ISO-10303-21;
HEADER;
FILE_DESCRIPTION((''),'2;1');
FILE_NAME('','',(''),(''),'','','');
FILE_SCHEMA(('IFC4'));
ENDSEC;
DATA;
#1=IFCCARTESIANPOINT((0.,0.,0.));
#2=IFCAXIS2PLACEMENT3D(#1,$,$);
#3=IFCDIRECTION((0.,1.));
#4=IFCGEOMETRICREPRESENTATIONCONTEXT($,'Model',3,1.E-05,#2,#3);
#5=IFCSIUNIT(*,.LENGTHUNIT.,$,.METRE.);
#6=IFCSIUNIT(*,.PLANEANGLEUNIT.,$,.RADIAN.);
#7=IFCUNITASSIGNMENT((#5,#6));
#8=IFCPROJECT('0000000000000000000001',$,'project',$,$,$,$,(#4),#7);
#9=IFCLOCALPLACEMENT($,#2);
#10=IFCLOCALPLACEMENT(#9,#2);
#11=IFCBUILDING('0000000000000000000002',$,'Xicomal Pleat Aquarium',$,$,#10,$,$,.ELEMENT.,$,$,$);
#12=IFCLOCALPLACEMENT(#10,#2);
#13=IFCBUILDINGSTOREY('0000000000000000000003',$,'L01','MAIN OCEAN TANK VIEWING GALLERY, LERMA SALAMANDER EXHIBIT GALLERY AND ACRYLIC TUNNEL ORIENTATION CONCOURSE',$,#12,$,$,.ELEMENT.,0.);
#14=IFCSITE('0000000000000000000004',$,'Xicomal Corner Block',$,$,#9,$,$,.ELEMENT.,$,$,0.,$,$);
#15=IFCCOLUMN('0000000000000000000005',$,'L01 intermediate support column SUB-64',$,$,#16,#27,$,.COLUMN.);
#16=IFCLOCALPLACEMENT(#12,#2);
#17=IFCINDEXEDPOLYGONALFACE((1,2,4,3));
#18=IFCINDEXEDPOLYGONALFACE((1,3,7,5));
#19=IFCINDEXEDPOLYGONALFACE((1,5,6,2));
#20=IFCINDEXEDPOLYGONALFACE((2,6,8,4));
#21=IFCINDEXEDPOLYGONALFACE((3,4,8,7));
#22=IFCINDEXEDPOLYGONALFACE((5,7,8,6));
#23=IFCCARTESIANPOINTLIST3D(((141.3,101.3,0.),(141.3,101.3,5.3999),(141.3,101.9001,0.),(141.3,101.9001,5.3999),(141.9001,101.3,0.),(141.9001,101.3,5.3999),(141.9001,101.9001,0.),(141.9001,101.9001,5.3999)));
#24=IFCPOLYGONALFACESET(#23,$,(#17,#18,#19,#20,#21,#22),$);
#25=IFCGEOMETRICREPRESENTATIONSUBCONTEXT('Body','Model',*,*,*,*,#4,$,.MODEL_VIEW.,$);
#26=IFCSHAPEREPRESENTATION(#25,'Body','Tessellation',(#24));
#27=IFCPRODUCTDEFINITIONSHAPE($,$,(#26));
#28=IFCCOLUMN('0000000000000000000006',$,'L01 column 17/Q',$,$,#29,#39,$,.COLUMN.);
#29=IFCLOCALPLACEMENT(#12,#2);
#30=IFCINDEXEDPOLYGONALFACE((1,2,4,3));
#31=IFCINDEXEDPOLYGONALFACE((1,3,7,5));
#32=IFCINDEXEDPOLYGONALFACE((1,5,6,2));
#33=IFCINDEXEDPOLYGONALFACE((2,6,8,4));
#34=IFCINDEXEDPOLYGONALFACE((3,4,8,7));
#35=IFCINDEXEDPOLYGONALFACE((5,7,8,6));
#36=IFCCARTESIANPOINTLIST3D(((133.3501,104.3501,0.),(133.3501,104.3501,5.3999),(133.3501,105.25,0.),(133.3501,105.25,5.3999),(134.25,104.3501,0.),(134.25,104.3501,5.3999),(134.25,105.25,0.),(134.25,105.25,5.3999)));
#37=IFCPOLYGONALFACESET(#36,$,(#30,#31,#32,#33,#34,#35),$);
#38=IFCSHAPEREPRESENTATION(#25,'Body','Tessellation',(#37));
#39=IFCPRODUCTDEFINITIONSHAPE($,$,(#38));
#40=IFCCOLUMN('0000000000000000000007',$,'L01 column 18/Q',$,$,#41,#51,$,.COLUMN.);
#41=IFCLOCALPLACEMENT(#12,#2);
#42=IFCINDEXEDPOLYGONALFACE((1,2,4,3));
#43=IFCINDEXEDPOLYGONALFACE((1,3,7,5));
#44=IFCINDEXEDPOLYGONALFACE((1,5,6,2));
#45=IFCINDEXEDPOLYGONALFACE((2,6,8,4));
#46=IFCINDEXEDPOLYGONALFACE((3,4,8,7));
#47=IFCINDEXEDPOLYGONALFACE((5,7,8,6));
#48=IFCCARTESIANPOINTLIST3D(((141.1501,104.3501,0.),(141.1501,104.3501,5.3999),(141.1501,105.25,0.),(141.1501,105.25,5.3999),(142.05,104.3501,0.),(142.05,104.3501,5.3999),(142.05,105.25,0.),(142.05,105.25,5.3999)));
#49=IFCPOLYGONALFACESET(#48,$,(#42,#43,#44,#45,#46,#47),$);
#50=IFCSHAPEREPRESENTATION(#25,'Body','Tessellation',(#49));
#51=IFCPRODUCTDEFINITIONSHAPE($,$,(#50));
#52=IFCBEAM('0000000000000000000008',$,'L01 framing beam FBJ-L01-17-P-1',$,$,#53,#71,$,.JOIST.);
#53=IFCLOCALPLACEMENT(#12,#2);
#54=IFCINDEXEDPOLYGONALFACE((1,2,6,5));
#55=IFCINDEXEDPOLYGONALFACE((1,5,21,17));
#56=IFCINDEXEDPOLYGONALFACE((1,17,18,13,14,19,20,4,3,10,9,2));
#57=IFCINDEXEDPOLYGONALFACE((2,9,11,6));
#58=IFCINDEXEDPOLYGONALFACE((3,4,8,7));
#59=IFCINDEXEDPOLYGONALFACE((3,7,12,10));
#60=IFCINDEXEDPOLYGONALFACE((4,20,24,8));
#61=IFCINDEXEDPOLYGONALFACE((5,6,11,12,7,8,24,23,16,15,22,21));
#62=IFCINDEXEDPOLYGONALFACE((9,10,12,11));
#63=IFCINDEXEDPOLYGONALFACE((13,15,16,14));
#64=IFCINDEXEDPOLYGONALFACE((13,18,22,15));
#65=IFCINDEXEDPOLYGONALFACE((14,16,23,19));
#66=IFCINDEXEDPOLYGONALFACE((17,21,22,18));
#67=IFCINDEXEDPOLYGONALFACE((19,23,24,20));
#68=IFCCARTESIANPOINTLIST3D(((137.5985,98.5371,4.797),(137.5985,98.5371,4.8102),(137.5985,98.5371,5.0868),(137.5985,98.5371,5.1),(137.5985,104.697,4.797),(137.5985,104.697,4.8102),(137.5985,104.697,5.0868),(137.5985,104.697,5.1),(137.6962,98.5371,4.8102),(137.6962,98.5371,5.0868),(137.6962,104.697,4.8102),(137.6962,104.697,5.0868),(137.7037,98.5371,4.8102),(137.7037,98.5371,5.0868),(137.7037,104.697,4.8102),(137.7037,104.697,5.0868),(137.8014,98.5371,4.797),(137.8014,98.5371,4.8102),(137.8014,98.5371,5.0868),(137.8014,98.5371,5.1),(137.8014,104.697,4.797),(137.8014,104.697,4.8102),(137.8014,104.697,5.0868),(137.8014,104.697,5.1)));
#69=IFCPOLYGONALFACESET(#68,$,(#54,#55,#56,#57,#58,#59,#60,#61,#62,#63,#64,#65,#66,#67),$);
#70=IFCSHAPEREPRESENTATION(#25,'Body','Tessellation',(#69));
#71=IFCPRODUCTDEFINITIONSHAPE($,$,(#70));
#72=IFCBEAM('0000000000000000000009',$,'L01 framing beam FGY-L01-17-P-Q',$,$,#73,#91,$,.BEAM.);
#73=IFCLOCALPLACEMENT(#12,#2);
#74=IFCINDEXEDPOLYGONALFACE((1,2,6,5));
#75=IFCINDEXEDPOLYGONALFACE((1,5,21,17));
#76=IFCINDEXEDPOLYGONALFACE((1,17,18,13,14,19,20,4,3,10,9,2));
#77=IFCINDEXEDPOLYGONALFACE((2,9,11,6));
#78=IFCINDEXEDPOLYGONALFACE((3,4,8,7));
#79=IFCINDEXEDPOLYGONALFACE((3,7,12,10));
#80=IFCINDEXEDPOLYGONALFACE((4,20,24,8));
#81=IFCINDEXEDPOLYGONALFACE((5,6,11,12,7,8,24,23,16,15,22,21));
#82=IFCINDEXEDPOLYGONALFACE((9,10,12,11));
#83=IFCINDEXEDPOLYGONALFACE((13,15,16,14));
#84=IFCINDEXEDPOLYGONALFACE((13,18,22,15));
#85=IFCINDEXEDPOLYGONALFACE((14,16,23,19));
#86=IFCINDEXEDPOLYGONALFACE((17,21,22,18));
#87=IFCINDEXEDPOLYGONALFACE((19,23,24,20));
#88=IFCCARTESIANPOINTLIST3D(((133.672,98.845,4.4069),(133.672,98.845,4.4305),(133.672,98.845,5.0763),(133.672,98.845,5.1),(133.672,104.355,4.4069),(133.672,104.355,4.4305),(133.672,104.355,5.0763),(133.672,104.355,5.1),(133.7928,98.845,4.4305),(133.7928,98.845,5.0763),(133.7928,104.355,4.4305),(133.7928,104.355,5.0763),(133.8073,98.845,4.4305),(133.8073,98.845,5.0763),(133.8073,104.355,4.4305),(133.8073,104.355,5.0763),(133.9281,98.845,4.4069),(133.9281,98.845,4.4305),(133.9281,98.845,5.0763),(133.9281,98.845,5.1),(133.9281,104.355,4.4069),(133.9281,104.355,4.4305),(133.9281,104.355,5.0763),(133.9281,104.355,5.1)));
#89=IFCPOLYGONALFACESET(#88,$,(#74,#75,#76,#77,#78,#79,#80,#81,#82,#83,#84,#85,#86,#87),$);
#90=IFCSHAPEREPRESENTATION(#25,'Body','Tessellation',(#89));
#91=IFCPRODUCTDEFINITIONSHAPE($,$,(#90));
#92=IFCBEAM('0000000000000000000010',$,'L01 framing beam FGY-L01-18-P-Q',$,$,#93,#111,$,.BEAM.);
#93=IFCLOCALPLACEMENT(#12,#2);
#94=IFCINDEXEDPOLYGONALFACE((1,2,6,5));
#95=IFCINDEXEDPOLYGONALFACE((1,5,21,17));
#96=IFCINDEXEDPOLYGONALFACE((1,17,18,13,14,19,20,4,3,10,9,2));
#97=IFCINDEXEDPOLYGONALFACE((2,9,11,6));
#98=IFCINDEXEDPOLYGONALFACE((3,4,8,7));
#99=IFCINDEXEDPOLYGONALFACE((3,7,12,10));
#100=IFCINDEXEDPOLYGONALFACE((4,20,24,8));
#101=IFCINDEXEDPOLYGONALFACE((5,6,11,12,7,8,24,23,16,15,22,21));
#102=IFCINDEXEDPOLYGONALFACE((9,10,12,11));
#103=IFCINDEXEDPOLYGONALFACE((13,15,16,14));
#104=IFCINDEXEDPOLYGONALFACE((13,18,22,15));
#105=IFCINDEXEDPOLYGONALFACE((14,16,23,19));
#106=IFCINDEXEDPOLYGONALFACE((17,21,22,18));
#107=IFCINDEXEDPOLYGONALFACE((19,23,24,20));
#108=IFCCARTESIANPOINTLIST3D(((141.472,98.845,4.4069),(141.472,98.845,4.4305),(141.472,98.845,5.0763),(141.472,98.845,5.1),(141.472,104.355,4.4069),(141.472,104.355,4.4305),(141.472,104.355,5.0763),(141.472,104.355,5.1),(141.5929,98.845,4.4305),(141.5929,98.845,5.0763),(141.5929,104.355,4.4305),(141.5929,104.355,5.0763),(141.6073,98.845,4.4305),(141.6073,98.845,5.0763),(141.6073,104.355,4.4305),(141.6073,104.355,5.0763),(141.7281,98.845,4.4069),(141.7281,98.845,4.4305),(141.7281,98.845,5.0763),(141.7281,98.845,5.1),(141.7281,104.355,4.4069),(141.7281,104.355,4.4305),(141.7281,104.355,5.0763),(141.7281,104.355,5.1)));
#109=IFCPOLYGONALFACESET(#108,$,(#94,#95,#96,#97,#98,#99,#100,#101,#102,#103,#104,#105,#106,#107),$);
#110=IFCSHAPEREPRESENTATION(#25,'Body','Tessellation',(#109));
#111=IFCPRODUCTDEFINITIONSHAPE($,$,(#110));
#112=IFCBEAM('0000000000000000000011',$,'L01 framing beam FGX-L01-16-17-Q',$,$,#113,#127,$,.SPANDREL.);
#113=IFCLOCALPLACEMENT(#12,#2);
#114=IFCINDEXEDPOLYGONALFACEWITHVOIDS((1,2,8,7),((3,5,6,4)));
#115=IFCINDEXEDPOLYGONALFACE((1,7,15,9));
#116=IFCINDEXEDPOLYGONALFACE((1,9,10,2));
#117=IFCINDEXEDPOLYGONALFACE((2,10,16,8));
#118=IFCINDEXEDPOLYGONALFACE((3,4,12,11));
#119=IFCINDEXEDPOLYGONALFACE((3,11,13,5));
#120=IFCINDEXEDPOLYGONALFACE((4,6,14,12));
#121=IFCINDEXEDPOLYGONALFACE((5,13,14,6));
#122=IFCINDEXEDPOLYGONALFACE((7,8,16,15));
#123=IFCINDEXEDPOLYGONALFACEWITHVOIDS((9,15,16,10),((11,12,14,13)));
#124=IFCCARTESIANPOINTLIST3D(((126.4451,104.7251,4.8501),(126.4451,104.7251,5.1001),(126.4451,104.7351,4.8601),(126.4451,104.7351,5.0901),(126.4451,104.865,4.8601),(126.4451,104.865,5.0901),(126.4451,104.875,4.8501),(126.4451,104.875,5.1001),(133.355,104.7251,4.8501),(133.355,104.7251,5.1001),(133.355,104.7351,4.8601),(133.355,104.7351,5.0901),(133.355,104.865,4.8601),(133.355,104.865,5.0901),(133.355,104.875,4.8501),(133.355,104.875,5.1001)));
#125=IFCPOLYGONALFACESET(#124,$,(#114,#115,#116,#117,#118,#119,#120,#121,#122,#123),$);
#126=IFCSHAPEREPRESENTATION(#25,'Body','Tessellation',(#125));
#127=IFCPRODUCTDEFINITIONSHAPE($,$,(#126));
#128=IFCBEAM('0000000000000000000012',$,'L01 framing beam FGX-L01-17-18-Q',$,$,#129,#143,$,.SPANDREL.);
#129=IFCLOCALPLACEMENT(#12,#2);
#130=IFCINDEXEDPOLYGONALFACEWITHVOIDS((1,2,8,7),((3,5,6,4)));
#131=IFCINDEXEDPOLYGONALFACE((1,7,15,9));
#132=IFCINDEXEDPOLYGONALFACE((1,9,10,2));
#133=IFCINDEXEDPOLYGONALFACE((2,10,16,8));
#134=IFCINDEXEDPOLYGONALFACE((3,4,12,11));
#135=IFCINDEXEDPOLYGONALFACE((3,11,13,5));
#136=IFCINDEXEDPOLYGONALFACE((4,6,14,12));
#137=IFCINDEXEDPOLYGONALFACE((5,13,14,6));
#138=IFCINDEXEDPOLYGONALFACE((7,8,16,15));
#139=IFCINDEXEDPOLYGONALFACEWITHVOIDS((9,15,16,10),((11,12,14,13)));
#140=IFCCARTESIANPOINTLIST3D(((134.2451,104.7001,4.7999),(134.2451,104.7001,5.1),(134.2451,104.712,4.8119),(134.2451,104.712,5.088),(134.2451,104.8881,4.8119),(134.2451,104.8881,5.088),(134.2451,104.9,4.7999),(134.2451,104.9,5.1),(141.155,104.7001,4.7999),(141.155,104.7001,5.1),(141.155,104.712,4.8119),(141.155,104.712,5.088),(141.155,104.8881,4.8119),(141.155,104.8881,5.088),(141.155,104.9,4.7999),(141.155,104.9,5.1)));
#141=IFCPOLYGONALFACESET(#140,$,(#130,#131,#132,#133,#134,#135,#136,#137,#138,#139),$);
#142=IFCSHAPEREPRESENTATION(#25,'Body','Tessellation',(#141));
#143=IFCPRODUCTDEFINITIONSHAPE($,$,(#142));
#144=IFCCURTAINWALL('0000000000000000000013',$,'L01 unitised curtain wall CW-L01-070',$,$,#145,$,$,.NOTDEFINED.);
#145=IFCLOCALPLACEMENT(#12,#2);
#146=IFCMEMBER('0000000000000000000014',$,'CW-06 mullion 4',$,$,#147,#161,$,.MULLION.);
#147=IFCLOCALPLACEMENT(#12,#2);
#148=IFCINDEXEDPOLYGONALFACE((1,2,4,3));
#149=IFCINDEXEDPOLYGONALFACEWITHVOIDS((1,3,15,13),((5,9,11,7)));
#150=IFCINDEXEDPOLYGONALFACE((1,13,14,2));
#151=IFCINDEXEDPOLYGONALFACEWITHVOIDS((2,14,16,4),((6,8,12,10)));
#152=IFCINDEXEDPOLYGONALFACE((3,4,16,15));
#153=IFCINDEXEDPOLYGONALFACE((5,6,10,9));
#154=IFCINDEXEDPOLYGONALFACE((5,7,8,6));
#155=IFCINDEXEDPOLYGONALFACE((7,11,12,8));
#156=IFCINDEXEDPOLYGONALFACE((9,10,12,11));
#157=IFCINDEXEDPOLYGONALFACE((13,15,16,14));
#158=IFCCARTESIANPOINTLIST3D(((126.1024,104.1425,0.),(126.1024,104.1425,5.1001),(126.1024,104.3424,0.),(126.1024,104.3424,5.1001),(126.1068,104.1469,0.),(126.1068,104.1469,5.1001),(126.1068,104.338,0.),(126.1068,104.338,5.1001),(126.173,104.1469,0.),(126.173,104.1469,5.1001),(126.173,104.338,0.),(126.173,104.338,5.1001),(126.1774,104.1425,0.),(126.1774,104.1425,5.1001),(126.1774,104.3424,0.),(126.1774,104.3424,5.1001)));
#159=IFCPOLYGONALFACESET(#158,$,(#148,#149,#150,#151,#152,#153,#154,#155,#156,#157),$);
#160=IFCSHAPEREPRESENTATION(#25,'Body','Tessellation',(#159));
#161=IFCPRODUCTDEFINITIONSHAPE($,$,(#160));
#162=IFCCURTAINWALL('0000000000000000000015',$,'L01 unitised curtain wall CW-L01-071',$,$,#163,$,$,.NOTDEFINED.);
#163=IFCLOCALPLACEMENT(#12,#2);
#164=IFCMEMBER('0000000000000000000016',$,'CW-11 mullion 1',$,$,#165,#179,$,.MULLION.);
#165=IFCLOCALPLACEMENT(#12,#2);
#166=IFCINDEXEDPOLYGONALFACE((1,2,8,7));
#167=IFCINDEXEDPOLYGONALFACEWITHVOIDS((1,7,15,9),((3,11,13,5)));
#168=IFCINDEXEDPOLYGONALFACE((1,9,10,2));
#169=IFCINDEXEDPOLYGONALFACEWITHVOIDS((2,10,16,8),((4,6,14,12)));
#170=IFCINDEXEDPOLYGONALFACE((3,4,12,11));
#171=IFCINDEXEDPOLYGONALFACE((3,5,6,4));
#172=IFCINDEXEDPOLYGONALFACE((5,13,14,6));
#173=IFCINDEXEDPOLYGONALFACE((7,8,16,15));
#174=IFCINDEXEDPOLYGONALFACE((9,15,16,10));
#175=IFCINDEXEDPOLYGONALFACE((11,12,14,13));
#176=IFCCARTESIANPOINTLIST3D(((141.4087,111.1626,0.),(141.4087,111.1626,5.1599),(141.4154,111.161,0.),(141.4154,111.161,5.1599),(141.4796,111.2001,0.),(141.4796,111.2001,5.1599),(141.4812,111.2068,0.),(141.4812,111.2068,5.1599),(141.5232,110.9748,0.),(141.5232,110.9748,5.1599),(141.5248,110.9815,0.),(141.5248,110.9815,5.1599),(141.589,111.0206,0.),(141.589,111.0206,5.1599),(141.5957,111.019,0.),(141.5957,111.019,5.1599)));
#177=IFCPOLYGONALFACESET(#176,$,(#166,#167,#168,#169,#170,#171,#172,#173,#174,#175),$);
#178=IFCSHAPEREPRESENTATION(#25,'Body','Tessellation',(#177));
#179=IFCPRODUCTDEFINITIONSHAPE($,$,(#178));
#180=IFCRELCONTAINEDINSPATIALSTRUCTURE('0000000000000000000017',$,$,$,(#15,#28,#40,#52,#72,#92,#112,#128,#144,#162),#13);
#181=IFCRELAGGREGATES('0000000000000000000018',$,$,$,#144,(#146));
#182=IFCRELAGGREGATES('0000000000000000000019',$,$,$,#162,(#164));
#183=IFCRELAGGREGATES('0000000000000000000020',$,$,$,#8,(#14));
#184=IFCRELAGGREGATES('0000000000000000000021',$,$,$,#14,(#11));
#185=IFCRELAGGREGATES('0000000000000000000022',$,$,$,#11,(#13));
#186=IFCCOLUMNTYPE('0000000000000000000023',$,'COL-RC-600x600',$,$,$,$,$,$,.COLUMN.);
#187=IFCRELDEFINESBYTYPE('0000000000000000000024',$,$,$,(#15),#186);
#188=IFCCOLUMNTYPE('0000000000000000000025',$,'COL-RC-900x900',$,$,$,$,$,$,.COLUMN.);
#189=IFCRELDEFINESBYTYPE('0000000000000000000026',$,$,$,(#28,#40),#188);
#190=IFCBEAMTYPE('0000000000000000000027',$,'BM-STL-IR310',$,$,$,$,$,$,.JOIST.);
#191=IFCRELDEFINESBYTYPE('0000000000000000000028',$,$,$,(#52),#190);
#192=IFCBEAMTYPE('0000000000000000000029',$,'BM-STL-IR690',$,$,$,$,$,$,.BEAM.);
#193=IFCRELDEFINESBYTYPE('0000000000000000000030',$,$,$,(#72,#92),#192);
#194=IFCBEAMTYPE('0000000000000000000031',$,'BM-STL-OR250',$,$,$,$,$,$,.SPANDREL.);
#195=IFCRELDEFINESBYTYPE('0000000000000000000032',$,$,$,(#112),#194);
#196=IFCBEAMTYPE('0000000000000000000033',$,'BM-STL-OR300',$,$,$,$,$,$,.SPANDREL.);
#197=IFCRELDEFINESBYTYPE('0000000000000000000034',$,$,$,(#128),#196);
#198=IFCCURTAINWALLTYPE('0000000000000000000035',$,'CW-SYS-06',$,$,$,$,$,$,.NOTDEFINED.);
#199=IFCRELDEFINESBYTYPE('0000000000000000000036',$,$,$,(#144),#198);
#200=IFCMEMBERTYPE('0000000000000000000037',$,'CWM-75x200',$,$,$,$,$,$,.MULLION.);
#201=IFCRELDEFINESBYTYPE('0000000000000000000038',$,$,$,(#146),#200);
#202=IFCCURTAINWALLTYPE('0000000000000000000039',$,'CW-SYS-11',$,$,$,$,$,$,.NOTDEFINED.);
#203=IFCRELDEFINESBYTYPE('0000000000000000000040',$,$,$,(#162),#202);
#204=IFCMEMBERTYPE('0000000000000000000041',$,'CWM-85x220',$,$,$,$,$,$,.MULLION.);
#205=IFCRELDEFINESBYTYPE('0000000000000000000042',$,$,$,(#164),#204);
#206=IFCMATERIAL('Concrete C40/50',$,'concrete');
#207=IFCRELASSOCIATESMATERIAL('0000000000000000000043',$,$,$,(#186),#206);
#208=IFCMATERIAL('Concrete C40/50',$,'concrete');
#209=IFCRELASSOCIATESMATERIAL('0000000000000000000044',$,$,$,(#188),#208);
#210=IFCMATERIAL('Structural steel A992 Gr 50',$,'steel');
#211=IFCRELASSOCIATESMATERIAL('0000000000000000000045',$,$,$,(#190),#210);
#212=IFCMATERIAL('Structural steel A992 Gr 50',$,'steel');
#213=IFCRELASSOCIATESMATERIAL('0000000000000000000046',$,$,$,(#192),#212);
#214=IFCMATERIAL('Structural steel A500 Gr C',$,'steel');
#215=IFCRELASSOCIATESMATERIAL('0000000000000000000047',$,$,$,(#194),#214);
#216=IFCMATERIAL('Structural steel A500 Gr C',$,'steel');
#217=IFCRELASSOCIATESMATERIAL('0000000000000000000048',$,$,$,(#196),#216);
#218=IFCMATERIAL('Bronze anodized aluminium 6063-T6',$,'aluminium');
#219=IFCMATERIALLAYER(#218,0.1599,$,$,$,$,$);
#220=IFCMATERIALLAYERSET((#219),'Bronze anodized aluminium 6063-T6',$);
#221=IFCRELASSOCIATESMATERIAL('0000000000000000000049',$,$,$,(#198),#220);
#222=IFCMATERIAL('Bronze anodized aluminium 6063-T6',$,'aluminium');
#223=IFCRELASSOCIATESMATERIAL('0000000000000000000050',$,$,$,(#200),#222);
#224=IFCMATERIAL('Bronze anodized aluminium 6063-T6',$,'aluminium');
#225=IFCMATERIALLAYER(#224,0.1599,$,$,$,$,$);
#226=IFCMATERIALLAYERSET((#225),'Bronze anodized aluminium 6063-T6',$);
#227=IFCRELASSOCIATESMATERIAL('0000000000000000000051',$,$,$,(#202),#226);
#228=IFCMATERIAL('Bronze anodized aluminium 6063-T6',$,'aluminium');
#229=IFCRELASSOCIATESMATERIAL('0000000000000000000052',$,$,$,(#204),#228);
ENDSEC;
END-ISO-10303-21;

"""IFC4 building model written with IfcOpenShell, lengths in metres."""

from ifc_helpers import new_model, si_unit, direction, frame, origin, origin_2d, place, context, subcontext, project, spatial, rectangle, hollow_rectangle, i_section, extrude, material, layer, layer_set, material_profile, profile_set, type_object, element, aggregate, save


model = new_model("IFC4")

# Units and contexts
model_context = context("Model", 3, precision=1e-05, world=origin(), true_north=direction((0.0, 1.0)))
body_context = subcontext(model_context, "Body", "Model", "MODEL_VIEW")
ifc_project = project(units=[si_unit("LENGTHUNIT", "METRE"), si_unit("PLANEANGLEUNIT", "RADIAN")], contexts=[model_context])

# Site, building, storey
site_placement = place(None, origin())
site = spatial("IfcSite", under=ifc_project, at=site_placement, Name="Xicomal Corner Block", CompositionType="ELEMENT", RefElevation=0.0)
building_placement = place(site_placement, origin())
building = spatial("IfcBuilding", under=site, at=building_placement, Name="Xicomal Pleat Aquarium", CompositionType="ELEMENT")
storey_placement = place(building_placement, origin())
storey = spatial("IfcBuildingStorey", under=building, at=storey_placement, Name="L01", Description="MAIN OCEAN TANK VIEWING GALLERY, LERMA SALAMANDER EXHIBIT GALLERY AND ACRYLIC TUNNEL ORIENTATION CONCOURSE", CompositionType="ELEMENT", Elevation=0.0)

# Columns
ifc_material_1 = material(Name="Concrete C40/50", Category="concrete")
ifc_material_profile_1 = material_profile(ifc_material_1, rectangle(XDim=0.6001, YDim=0.6001, at=origin_2d()), Name="RC 600x600")
ifc_profile_set_1 = profile_set([ifc_material_profile_1], Name="Concrete C40/50")
column_type_1 = type_object("IfcColumnType", Name="COL-RC-600x600", PredefinedType="COLUMN", material=ifc_profile_set_1)
column_placement = place(storey_placement, frame((141.6001, 101.6001, 0.0), z_axis=(0.0, 0.0, 1.0), x_axis=(1.0, 0.0, 0.0)))
element("IfcColumn", 1, at=column_placement, inside=storey, type_object=column_type_1, Name="L01 intermediate support column SUB-64", PredefinedType="COLUMN", context=body_context, shape_type="SweptSolid", body=[
    extrude(rectangle(XDim=0.6001, YDim=0.6001, at=origin_2d()), origin(), (0.0, 0.0, 1.0), 5.3999),
])
ifc_material_2 = material(Name="Concrete C40/50", Category="concrete")
ifc_material_profile_2 = material_profile(ifc_material_2, rectangle(XDim=0.8999, YDim=0.8999, at=origin_2d()), Name="RC 900x900")
ifc_profile_set_2 = profile_set([ifc_material_profile_2], Name="Concrete C40/50")
column_type_2 = type_object("IfcColumnType", Name="COL-RC-900x900", PredefinedType="COLUMN", material=ifc_profile_set_2)
for number, where, z_axis, x_axis, name in (
    (2, (133.8, 104.8, 0.0), (0.0, 0.0, 1.0), (1.0, 0.0, 0.0), "L01 column 17/Q"),
    (3, (141.6001, 104.8, 0.0), (0.0, 0.0, 1.0), (1.0, 0.0, 0.0), "L01 column 18/Q"),
):
    element("IfcColumn", number, at=place(storey_placement, frame(where, z_axis=z_axis, x_axis=x_axis)), inside=storey, type_object=column_type_2, Name=name, PredefinedType="COLUMN", context=body_context, shape_type="SweptSolid", body=[
        extrude(rectangle(XDim=0.8999, YDim=0.8999, at=origin_2d()), origin(), (0.0, 0.0, 1.0), 5.3999),
    ])

# Beams
ifc_material_3 = material(Name="Structural steel A992 Gr 50", Category="steel")
ifc_material_profile_3 = material_profile(ifc_material_3, i_section(OverallWidth=0.2029, OverallDepth=0.303, WebThickness=0.0076, FlangeThickness=0.0132, at=origin_2d()), Name="IR 310x60")
ifc_profile_set_3 = profile_set([ifc_material_profile_3], Name="Structural steel A992 Gr 50")
beam_type_1 = type_object("IfcBeamType", Name="BM-STL-IR310", PredefinedType="JOIST", material=ifc_profile_set_3)
beam_1_placement = place(storey_placement, frame((137.7, 98.5371, 4.9485), z_axis=(0.0, 1.0, 0.0), x_axis=(-1.0, 0.0, 0.0)))
element("IfcBeam", 4, at=beam_1_placement, inside=storey, type_object=beam_type_1, Name="L01 framing beam FBJ-L01-17-P-1", PredefinedType="JOIST", context=body_context, shape_type="SweptSolid", body=[
    extrude(i_section(OverallWidth=0.2029, OverallDepth=0.303, WebThickness=0.0076, FlangeThickness=0.0132, at=origin_2d()), origin(), (0.0, 0.0, 1.0), 6.1599),
])
ifc_material_4 = material(Name="Structural steel A992 Gr 50", Category="steel")
ifc_material_profile_4 = material_profile(ifc_material_4, i_section(OverallWidth=0.2561, OverallDepth=0.6931, WebThickness=0.0144, FlangeThickness=0.0237, at=origin_2d()), Name="IR 690x170")
ifc_profile_set_4 = profile_set([ifc_material_profile_4], Name="Structural steel A992 Gr 50")
beam_type_2 = type_object("IfcBeamType", Name="BM-STL-IR690", PredefinedType="BEAM", material=ifc_profile_set_4)
for number, where, z_axis, x_axis, name in (
    (5, (133.8, 98.845, 4.7534), (0.0, 1.0, 0.0), (-1.0, 0.0, 0.0), "L01 framing beam FGY-L01-17-P-Q"),
    (6, (141.6001, 98.845, 4.7534), (0.0, 1.0, 0.0), (-1.0, 0.0, 0.0), "L01 framing beam FGY-L01-18-P-Q"),
):
    element("IfcBeam", number, at=place(storey_placement, frame(where, z_axis=z_axis, x_axis=x_axis)), inside=storey, type_object=beam_type_2, Name=name, PredefinedType="BEAM", context=body_context, shape_type="SweptSolid", body=[
        extrude(i_section(OverallWidth=0.2561, OverallDepth=0.6931, WebThickness=0.0144, FlangeThickness=0.0237, at=origin_2d()), origin(), (0.0, 0.0, 1.0), 5.51),
    ])
ifc_material_5 = material(Name="Structural steel A500 Gr C", Category="steel")
ifc_material_profile_5 = material_profile(ifc_material_5, hollow_rectangle(XDim=0.1499, YDim=0.25, WallThickness=0.01, at=origin_2d()), Name="OR 250x150x10")
ifc_profile_set_5 = profile_set([ifc_material_profile_5], Name="Structural steel A500 Gr C")
beam_type_3 = type_object("IfcBeamType", Name="BM-STL-OR250", PredefinedType="SPANDREL", material=ifc_profile_set_5)
beam_2_placement = place(storey_placement, frame((126.4451, 104.8, 4.9751), z_axis=(1.0, 0.0, 0.0), x_axis=(0.0, 1.0, 0.0)))
element("IfcBeam", 7, at=beam_2_placement, inside=storey, type_object=beam_type_3, Name="L01 framing beam FGX-L01-16-17-Q", PredefinedType="SPANDREL", context=body_context, shape_type="SweptSolid", body=[
    extrude(hollow_rectangle(XDim=0.1499, YDim=0.25, WallThickness=0.01, at=origin_2d()), origin(), (0.0, 0.0, 1.0), 6.9099),
])
ifc_material_6 = material(Name="Structural steel A500 Gr C", Category="steel")
ifc_material_profile_6 = material_profile(ifc_material_6, hollow_rectangle(XDim=0.2, YDim=0.3, WallThickness=0.012, at=origin_2d()), Name="OR 300x200x12")
ifc_profile_set_6 = profile_set([ifc_material_profile_6], Name="Structural steel A500 Gr C")
beam_type_4 = type_object("IfcBeamType", Name="BM-STL-OR300", PredefinedType="SPANDREL", material=ifc_profile_set_6)
beam_3_placement = place(storey_placement, frame((134.2451, 104.8, 4.95), z_axis=(1.0, 0.0, 0.0), x_axis=(0.0, 1.0, 0.0)))
element("IfcBeam", 8, at=beam_3_placement, inside=storey, type_object=beam_type_4, Name="L01 framing beam FGX-L01-17-18-Q", PredefinedType="SPANDREL", context=body_context, shape_type="SweptSolid", body=[
    extrude(hollow_rectangle(XDim=0.2, YDim=0.3, WallThickness=0.012, at=origin_2d()), origin(), (0.0, 0.0, 1.0), 6.9099),
])

# Curtain walls, members
ifc_material_7 = material(Name="Bronze anodized aluminium 6063-T6", Category="aluminium")
ifc_layer_1 = layer(ifc_material_7, 0.1599)
ifc_layer_set_1 = layer_set([ifc_layer_1], Name="Bronze anodized aluminium 6063-T6")
curtain_wall_type_1 = type_object("IfcCurtainWallType", Name="CW-SYS-06", PredefinedType="NOTDEFINED", material=ifc_layer_set_1)
curtain_wall_1_placement = place(storey_placement, origin())
curtain_wall_1 = element("IfcCurtainWall", 9, at=curtain_wall_1_placement, inside=storey, type_object=curtain_wall_type_1, Name="L01 unitised curtain wall CW-L01-070", PredefinedType="NOTDEFINED")
ifc_material_8 = material(Name="Bronze anodized aluminium 6063-T6", Category="aluminium")
ifc_material_profile_7 = material_profile(ifc_material_8, hollow_rectangle(XDim=0.075, YDim=0.2, WallThickness=0.0044, at=origin_2d()), Name="ALU MULL 75x200")
ifc_profile_set_7 = profile_set([ifc_material_profile_7], Name="Bronze anodized aluminium 6063-T6")
member_type_1 = type_object("IfcMemberType", Name="CWM-75x200", PredefinedType="MULLION", material=ifc_profile_set_7)
member_1_placement = place(storey_placement, frame((126.1399, 104.2424, 0.0), z_axis=(0.0, 0.0, 1.0), x_axis=(-1.0, 0.0, 0.0)))
member_1 = element("IfcMember", 10, at=member_1_placement, type_object=member_type_1, Name="CW-06 mullion 4", PredefinedType="MULLION", context=body_context, shape_type="SweptSolid", body=[
    extrude(hollow_rectangle(XDim=0.075, YDim=0.2, WallThickness=0.0044, at=origin_2d()), origin(), (0.0, 0.0, 1.0), 5.1001),
])
ifc_material_9 = material(Name="Bronze anodized aluminium 6063-T6", Category="aluminium")
ifc_layer_2 = layer(ifc_material_9, 0.1599)
ifc_layer_set_2 = layer_set([ifc_layer_2], Name="Bronze anodized aluminium 6063-T6")
curtain_wall_type_2 = type_object("IfcCurtainWallType", Name="CW-SYS-11", PredefinedType="NOTDEFINED", material=ifc_layer_set_2)
curtain_wall_2_placement = place(storey_placement, origin())
curtain_wall_2 = element("IfcCurtainWall", 11, at=curtain_wall_2_placement, inside=storey, type_object=curtain_wall_type_2, Name="L01 unitised curtain wall CW-L01-071", PredefinedType="NOTDEFINED")
ifc_material_10 = material(Name="Bronze anodized aluminium 6063-T6", Category="aluminium")
ifc_material_profile_8 = material_profile(ifc_material_10, hollow_rectangle(XDim=0.085, YDim=0.22, WallThickness=0.0049, at=origin_2d()), Name="ALU MULL 85x220")
ifc_profile_set_8 = profile_set([ifc_material_profile_8], Name="Bronze anodized aluminium 6063-T6")
member_type_2 = type_object("IfcMemberType", Name="CWM-85x220", PredefinedType="MULLION", material=ifc_profile_set_8)
member_2_placement = place(storey_placement, frame((141.5022, 111.0908, 0.0), z_axis=(0.0, 0.0, 1.0), x_axis=(0.853941, 0.52037, 0.0)))
member_2 = element("IfcMember", 12, at=member_2_placement, type_object=member_type_2, Name="CW-11 mullion 1", PredefinedType="MULLION", context=body_context, shape_type="SweptSolid", body=[
    extrude(hollow_rectangle(XDim=0.085, YDim=0.22, WallThickness=0.0049, at=origin_2d()), origin(), (0.0, 0.0, 1.0), 5.1599),
])

aggregate(curtain_wall_1, [member_1])
aggregate(curtain_wall_2, [member_2])

save(model, "model.ifc")
